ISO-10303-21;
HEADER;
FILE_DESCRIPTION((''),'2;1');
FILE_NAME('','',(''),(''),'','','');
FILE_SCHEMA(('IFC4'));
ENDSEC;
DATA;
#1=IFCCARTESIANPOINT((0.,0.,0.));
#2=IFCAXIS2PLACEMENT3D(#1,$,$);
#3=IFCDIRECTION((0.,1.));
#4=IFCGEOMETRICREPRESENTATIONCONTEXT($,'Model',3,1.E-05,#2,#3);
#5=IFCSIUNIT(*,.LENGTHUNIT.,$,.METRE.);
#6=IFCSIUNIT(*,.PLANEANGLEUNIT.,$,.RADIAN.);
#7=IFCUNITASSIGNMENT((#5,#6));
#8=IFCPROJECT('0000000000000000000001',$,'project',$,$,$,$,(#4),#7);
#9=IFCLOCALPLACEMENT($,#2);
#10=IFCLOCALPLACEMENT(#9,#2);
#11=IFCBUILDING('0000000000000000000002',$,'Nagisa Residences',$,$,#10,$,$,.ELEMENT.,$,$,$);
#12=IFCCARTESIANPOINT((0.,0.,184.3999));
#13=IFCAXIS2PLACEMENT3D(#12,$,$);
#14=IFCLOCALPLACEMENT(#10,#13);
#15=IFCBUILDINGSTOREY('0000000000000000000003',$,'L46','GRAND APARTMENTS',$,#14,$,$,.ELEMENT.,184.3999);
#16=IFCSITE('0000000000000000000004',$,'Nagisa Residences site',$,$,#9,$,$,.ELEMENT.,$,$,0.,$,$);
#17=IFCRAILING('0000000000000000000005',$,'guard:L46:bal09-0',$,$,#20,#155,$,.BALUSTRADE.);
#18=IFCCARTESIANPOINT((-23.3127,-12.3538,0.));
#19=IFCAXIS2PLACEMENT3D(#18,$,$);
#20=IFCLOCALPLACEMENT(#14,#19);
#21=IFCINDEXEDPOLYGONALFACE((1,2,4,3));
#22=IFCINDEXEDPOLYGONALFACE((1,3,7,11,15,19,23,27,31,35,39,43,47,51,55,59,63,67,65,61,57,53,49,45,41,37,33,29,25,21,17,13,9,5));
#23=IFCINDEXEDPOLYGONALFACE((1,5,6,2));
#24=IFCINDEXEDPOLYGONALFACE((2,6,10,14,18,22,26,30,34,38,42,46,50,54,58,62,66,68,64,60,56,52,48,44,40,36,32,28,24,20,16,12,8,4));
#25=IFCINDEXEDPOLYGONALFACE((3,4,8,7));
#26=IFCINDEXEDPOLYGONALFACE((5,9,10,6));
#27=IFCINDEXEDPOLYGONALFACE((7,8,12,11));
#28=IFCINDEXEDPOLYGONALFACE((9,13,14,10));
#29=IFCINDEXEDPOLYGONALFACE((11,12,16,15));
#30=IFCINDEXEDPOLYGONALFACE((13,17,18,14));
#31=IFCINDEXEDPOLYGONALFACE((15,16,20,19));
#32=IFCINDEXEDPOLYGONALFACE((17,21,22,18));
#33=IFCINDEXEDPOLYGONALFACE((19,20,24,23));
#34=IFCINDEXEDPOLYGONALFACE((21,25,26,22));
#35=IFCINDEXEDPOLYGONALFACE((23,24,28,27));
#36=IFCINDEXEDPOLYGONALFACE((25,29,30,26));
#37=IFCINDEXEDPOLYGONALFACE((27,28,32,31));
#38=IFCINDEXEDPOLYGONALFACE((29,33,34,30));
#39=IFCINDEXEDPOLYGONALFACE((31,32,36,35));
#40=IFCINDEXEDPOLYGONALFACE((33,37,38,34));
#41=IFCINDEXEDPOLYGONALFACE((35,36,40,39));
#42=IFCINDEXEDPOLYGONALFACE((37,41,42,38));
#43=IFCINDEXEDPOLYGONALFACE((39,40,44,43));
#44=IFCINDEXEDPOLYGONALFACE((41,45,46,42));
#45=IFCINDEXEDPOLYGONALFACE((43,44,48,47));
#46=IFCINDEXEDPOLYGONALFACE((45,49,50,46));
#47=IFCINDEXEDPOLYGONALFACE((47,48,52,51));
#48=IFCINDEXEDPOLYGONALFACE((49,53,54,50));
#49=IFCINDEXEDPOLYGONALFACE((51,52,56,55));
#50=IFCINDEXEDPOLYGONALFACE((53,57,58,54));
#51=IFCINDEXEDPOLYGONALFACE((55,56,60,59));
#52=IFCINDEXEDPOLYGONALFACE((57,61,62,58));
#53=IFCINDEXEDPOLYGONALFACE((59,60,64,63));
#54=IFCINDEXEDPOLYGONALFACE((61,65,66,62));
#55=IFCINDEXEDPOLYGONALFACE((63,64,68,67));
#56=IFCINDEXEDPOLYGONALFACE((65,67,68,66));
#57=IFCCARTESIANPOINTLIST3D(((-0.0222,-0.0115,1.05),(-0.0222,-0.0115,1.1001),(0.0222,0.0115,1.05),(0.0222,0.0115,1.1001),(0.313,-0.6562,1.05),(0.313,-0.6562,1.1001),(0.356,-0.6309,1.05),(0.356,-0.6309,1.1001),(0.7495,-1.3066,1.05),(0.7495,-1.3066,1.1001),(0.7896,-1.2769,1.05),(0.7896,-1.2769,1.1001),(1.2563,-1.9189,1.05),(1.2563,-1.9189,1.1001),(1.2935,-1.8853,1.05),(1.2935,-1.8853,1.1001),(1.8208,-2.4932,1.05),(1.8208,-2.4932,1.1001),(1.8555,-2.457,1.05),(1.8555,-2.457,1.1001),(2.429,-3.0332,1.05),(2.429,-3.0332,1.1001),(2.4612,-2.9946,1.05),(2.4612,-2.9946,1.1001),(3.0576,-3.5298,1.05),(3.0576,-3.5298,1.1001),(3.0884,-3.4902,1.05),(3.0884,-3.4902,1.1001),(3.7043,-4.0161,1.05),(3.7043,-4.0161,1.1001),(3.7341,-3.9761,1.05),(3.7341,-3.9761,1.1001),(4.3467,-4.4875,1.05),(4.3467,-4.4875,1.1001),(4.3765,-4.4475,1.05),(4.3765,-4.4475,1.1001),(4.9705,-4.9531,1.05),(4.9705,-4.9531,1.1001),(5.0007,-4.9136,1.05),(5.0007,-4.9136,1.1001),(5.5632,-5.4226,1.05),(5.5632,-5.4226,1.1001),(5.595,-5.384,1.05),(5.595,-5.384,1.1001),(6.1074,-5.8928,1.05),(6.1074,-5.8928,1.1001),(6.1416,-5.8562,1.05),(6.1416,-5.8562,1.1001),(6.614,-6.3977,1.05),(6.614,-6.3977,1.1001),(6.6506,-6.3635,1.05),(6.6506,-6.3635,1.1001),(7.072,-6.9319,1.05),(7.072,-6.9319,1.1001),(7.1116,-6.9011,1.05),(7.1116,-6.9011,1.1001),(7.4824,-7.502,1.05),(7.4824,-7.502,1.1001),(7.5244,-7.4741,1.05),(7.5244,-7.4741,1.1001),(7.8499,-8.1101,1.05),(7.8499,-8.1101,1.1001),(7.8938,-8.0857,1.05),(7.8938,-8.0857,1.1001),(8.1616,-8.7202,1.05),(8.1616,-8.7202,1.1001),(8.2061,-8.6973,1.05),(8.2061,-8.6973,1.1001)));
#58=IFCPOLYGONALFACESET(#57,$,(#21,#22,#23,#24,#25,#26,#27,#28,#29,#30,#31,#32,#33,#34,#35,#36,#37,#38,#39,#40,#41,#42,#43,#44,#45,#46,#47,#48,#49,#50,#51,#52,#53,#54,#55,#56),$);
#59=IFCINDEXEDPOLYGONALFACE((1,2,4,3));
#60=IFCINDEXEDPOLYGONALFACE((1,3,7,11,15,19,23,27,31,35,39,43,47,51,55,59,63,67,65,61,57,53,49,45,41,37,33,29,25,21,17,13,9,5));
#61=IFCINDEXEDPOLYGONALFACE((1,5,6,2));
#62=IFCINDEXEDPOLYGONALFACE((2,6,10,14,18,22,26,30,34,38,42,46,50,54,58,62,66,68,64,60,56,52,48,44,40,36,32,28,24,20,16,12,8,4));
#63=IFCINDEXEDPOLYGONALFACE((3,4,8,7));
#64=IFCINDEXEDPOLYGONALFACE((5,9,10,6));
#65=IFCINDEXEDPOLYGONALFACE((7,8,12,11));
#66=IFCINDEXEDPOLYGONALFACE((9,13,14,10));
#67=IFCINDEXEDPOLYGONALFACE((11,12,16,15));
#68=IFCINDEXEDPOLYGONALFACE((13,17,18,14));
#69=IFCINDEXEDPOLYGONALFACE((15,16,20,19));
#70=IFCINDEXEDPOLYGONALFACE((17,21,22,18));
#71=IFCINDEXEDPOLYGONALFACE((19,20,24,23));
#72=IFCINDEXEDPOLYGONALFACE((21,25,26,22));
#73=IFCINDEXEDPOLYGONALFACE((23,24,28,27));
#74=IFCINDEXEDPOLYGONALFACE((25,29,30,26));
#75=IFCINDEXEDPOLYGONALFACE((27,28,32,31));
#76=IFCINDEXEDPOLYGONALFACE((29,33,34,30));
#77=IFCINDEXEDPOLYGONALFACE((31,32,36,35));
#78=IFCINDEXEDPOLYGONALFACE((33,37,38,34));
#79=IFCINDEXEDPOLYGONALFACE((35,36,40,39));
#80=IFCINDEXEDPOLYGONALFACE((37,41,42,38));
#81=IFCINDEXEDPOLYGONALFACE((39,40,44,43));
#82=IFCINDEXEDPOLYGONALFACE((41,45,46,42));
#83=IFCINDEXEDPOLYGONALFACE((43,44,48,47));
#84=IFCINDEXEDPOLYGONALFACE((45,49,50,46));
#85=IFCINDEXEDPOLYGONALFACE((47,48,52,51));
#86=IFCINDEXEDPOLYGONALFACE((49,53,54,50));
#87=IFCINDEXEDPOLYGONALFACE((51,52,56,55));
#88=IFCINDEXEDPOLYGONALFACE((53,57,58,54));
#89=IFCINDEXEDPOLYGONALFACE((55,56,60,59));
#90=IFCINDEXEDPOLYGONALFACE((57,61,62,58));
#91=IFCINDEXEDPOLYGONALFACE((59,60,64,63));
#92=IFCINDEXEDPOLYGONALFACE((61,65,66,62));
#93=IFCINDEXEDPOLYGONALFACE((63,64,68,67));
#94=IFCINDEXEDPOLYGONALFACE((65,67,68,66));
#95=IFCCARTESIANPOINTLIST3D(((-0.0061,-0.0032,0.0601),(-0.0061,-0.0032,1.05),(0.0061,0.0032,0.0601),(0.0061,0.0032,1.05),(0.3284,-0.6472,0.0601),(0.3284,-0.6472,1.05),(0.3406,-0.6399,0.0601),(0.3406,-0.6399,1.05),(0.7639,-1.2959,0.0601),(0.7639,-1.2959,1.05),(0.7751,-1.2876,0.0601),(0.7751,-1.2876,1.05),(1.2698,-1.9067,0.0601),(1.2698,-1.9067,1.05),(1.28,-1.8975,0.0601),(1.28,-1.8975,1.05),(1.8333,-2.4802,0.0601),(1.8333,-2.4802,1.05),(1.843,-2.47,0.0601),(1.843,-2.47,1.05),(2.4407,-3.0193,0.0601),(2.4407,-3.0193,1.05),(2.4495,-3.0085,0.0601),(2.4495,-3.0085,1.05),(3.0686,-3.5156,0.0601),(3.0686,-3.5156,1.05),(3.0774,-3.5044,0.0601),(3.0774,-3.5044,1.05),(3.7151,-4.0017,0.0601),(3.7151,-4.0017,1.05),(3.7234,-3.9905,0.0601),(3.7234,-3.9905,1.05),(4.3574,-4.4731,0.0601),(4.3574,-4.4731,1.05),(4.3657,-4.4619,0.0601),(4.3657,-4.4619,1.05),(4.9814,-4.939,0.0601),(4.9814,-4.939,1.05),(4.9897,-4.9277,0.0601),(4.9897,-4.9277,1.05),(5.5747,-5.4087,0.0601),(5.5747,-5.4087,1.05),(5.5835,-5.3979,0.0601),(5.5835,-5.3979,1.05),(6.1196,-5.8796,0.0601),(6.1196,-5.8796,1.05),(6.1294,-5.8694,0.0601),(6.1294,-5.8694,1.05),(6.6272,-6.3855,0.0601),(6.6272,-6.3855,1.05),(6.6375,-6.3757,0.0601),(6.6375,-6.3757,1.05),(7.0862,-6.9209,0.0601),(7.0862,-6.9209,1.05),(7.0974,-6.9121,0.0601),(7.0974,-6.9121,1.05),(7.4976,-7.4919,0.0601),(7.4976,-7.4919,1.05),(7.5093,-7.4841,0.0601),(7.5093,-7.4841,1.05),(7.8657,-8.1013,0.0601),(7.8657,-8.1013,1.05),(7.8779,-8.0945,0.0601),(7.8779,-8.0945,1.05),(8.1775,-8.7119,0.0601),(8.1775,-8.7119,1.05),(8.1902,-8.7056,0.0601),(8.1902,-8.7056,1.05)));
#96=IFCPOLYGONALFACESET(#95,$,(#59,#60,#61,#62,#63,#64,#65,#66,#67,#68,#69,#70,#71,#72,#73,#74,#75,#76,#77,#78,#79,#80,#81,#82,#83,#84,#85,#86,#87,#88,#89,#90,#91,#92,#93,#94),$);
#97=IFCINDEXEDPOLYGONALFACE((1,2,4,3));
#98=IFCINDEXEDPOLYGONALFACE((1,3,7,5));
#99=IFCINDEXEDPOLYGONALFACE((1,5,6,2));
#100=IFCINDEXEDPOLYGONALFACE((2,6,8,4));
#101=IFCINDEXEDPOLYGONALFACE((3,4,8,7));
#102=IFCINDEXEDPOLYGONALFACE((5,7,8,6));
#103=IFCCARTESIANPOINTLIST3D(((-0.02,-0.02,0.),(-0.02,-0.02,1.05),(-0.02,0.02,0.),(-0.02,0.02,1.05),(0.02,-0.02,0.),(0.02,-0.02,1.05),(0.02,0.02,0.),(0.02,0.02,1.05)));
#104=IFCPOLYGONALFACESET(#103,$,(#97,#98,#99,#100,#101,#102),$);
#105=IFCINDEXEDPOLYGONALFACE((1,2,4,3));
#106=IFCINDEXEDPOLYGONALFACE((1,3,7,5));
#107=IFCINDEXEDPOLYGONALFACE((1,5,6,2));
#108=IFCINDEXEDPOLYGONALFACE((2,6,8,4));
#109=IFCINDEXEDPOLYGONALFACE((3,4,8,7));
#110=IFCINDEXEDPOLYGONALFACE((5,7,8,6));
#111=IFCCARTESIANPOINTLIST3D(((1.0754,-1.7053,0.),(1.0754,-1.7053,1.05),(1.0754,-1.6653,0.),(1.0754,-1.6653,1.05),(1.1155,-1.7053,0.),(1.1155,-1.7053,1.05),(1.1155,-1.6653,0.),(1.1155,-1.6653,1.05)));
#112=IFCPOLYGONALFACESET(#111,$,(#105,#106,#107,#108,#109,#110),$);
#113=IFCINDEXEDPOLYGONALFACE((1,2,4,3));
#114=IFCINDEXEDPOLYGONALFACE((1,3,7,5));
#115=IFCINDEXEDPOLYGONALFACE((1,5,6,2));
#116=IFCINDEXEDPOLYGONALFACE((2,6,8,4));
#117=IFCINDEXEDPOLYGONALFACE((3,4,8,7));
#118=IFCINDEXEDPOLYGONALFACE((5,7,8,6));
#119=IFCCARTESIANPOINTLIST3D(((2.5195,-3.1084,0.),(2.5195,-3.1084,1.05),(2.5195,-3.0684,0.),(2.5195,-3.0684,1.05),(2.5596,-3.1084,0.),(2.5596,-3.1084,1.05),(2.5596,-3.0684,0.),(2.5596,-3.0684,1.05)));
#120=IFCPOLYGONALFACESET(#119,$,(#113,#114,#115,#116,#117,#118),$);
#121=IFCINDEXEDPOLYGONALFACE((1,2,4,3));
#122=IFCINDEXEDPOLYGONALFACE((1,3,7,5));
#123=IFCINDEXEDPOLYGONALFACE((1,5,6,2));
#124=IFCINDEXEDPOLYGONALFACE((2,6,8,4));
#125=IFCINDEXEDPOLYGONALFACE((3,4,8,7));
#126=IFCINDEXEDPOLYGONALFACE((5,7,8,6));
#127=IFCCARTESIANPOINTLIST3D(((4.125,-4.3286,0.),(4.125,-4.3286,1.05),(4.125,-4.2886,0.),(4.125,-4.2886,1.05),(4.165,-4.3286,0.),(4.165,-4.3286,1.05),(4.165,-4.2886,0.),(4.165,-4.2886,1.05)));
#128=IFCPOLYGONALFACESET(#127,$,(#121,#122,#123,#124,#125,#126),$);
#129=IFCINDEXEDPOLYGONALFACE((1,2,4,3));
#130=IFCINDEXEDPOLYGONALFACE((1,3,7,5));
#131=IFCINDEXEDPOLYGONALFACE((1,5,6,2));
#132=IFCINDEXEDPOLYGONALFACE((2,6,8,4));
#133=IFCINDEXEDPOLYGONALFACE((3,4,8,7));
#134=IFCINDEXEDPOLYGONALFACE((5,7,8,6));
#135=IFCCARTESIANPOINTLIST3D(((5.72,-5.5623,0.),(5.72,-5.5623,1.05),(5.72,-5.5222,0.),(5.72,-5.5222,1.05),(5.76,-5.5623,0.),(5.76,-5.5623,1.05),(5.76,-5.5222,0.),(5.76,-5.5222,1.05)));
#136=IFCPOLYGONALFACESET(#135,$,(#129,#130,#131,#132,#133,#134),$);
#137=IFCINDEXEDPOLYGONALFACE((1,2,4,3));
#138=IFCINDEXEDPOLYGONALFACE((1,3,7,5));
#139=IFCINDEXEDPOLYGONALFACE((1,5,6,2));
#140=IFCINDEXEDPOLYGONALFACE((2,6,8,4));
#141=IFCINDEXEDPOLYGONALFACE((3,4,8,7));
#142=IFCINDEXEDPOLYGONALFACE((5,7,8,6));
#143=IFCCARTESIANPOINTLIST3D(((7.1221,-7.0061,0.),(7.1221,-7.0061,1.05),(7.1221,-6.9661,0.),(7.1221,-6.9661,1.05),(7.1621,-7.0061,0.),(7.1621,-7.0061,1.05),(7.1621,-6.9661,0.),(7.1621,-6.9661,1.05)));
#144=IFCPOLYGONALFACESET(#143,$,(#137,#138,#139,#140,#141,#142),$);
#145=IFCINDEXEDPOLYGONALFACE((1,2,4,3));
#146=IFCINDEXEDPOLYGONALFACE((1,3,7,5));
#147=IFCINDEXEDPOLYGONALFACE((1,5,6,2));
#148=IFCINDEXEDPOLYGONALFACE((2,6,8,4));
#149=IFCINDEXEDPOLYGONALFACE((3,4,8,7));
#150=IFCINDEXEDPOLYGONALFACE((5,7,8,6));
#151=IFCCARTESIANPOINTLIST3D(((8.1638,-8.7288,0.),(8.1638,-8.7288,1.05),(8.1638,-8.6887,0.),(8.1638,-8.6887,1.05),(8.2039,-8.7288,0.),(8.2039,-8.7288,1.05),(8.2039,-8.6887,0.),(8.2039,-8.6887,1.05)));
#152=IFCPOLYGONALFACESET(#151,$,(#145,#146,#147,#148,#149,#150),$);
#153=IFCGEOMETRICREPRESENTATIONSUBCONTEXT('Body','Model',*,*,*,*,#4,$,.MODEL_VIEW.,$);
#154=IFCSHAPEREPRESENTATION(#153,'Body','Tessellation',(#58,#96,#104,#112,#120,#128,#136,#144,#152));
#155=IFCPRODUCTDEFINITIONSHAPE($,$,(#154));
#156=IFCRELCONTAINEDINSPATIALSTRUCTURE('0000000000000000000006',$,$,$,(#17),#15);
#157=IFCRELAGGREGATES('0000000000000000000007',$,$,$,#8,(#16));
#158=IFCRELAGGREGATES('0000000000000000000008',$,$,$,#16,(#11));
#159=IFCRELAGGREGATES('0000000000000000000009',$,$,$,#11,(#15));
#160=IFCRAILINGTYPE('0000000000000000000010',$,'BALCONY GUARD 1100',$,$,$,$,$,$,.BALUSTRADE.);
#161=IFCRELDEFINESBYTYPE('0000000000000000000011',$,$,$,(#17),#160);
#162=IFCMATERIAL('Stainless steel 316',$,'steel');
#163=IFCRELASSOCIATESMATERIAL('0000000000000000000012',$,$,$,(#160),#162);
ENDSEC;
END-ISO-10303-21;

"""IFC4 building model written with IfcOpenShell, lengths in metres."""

from ifc_helpers import new_model, si_unit, direction, frame, origin, origin_2d, place, context, subcontext, project, spatial, polyline, rectangle, outline, extrude, material, type_object, element, save


model = new_model("IFC4")

# Units and contexts
model_context = context("Model", 3, precision=1e-05, world=origin(), true_north=direction((0.0, 1.0)))
body_context = subcontext(model_context, "Body", "Model", "MODEL_VIEW")
ifc_project = project(units=[si_unit("LENGTHUNIT", "METRE"), si_unit("PLANEANGLEUNIT", "RADIAN")], contexts=[model_context])

# Site, building, storey
site_placement = place(None, origin())
site = spatial("IfcSite", under=ifc_project, at=site_placement, Name="Nagisa Residences site", CompositionType="ELEMENT", RefElevation=0.0)
building_placement = place(site_placement, origin())
building = spatial("IfcBuilding", under=site, at=building_placement, Name="Nagisa Residences", CompositionType="ELEMENT")
storey_placement = place(building_placement, frame((0.0, 0.0, 184.3999)))
storey = spatial("IfcBuildingStorey", under=building, at=storey_placement, Name="L46", Description="GRAND APARTMENTS", CompositionType="ELEMENT", Elevation=184.3999)

# Railing
ifc_material_1 = material(Name="Stainless steel 316", Category="steel")
railing_type = type_object("IfcRailingType", Name="BALCONY GUARD 1100", PredefinedType="BALUSTRADE", material=ifc_material_1)
railing_1_placement = place(storey_placement, frame((-23.3127, -12.3538, 0.0)))
element("IfcRailing", 1, at=railing_1_placement, inside=storey, type_object=railing_type, Name="guard:L46:bal09-0", PredefinedType="BALUSTRADE", context=body_context, shape_type="SweptSolid", body=[
    extrude(outline(polyline([(0.356, -0.6309), (0.0222, 0.0115), (-0.0222, -0.0115), (0.313, -0.6562), (0.7495, -1.3066), (1.2563, -1.9189), (1.8208, -2.4932), (2.429, -3.0332), (3.0576, -3.5298), (3.7043, -4.0161), (4.3467, -4.4875), (4.9705, -4.9531), (5.5632, -5.4226), (6.1074, -5.8928), (6.614, -6.3977), (7.072, -6.9319), (7.4824, -7.502), (7.8499, -8.1101), (8.1616, -8.7202), (8.2061, -8.6973), (7.8938, -8.0857), (7.5244, -7.4741), (7.1116, -6.9011), (6.6506, -6.3635), (6.1416, -5.8562), (5.595, -5.384), (5.0007, -4.9136), (4.3765, -4.4475), (3.7341, -3.9761), (3.0884, -3.4902), (2.4612, -2.9946), (1.8555, -2.457), (1.2935, -1.8853), (0.7896, -1.2769), (0.356, -0.6309)])), frame((0.0, 0.0, 1.05)), (0.0, 0.0, 1.0), 0.05),
    extrude(outline(polyline([(0.3406, -0.6399), (0.0061, 0.0032), (-0.0061, -0.0032), (0.3284, -0.6472), (0.7639, -1.2959), (1.2698, -1.9067), (1.8333, -2.4802), (2.4407, -3.0193), (3.0686, -3.5156), (3.7151, -4.0017), (4.3574, -4.4731), (4.9814, -4.939), (5.5747, -5.4087), (6.1196, -5.8796), (6.6272, -6.3855), (7.0862, -6.9209), (7.4976, -7.4919), (7.8657, -8.1013), (8.1775, -8.7119), (8.1902, -8.7056), (7.8779, -8.0945), (7.5093, -7.4841), (7.0974, -6.9121), (6.6375, -6.3757), (6.1294, -5.8694), (5.5835, -5.3979), (4.9897, -4.9277), (4.3657, -4.4619), (3.7234, -3.9905), (3.0774, -3.5044), (2.4495, -3.0085), (1.843, -2.47), (1.28, -1.8975), (0.7751, -1.2876), (0.3406, -0.6399)])), frame((0.0, 0.0, 0.0601)), (0.0, 0.0, 1.0), 0.99),
    extrude(rectangle(XDim=0.04, YDim=0.04, at=origin_2d()), origin(), (0.0, 0.0, 1.0), 1.05),
    extrude(rectangle(XDim=0.04, YDim=0.04, at=origin_2d()), frame((1.0955, -1.6853, 0.0)), (0.0, 0.0, 1.0), 1.05),
    extrude(rectangle(XDim=0.04, YDim=0.04, at=origin_2d()), frame((2.5396, -3.0884, 0.0)), (0.0, 0.0, 1.0), 1.05),
    extrude(rectangle(XDim=0.04, YDim=0.04, at=origin_2d()), frame((4.145, -4.3086, 0.0)), (0.0, 0.0, 1.0), 1.05),
    extrude(rectangle(XDim=0.04, YDim=0.04, at=origin_2d()), frame((5.74, -5.5422, 0.0)), (0.0, 0.0, 1.0), 1.05),
    extrude(rectangle(XDim=0.04, YDim=0.04, at=origin_2d()), frame((7.1421, -6.9861, 0.0)), (0.0, 0.0, 1.0), 1.05),
    extrude(rectangle(XDim=0.04, YDim=0.04, at=origin_2d()), frame((8.1838, -8.7087, 0.0)), (0.0, 0.0, 1.0), 1.05),
])

save(model, "model.ifc")
